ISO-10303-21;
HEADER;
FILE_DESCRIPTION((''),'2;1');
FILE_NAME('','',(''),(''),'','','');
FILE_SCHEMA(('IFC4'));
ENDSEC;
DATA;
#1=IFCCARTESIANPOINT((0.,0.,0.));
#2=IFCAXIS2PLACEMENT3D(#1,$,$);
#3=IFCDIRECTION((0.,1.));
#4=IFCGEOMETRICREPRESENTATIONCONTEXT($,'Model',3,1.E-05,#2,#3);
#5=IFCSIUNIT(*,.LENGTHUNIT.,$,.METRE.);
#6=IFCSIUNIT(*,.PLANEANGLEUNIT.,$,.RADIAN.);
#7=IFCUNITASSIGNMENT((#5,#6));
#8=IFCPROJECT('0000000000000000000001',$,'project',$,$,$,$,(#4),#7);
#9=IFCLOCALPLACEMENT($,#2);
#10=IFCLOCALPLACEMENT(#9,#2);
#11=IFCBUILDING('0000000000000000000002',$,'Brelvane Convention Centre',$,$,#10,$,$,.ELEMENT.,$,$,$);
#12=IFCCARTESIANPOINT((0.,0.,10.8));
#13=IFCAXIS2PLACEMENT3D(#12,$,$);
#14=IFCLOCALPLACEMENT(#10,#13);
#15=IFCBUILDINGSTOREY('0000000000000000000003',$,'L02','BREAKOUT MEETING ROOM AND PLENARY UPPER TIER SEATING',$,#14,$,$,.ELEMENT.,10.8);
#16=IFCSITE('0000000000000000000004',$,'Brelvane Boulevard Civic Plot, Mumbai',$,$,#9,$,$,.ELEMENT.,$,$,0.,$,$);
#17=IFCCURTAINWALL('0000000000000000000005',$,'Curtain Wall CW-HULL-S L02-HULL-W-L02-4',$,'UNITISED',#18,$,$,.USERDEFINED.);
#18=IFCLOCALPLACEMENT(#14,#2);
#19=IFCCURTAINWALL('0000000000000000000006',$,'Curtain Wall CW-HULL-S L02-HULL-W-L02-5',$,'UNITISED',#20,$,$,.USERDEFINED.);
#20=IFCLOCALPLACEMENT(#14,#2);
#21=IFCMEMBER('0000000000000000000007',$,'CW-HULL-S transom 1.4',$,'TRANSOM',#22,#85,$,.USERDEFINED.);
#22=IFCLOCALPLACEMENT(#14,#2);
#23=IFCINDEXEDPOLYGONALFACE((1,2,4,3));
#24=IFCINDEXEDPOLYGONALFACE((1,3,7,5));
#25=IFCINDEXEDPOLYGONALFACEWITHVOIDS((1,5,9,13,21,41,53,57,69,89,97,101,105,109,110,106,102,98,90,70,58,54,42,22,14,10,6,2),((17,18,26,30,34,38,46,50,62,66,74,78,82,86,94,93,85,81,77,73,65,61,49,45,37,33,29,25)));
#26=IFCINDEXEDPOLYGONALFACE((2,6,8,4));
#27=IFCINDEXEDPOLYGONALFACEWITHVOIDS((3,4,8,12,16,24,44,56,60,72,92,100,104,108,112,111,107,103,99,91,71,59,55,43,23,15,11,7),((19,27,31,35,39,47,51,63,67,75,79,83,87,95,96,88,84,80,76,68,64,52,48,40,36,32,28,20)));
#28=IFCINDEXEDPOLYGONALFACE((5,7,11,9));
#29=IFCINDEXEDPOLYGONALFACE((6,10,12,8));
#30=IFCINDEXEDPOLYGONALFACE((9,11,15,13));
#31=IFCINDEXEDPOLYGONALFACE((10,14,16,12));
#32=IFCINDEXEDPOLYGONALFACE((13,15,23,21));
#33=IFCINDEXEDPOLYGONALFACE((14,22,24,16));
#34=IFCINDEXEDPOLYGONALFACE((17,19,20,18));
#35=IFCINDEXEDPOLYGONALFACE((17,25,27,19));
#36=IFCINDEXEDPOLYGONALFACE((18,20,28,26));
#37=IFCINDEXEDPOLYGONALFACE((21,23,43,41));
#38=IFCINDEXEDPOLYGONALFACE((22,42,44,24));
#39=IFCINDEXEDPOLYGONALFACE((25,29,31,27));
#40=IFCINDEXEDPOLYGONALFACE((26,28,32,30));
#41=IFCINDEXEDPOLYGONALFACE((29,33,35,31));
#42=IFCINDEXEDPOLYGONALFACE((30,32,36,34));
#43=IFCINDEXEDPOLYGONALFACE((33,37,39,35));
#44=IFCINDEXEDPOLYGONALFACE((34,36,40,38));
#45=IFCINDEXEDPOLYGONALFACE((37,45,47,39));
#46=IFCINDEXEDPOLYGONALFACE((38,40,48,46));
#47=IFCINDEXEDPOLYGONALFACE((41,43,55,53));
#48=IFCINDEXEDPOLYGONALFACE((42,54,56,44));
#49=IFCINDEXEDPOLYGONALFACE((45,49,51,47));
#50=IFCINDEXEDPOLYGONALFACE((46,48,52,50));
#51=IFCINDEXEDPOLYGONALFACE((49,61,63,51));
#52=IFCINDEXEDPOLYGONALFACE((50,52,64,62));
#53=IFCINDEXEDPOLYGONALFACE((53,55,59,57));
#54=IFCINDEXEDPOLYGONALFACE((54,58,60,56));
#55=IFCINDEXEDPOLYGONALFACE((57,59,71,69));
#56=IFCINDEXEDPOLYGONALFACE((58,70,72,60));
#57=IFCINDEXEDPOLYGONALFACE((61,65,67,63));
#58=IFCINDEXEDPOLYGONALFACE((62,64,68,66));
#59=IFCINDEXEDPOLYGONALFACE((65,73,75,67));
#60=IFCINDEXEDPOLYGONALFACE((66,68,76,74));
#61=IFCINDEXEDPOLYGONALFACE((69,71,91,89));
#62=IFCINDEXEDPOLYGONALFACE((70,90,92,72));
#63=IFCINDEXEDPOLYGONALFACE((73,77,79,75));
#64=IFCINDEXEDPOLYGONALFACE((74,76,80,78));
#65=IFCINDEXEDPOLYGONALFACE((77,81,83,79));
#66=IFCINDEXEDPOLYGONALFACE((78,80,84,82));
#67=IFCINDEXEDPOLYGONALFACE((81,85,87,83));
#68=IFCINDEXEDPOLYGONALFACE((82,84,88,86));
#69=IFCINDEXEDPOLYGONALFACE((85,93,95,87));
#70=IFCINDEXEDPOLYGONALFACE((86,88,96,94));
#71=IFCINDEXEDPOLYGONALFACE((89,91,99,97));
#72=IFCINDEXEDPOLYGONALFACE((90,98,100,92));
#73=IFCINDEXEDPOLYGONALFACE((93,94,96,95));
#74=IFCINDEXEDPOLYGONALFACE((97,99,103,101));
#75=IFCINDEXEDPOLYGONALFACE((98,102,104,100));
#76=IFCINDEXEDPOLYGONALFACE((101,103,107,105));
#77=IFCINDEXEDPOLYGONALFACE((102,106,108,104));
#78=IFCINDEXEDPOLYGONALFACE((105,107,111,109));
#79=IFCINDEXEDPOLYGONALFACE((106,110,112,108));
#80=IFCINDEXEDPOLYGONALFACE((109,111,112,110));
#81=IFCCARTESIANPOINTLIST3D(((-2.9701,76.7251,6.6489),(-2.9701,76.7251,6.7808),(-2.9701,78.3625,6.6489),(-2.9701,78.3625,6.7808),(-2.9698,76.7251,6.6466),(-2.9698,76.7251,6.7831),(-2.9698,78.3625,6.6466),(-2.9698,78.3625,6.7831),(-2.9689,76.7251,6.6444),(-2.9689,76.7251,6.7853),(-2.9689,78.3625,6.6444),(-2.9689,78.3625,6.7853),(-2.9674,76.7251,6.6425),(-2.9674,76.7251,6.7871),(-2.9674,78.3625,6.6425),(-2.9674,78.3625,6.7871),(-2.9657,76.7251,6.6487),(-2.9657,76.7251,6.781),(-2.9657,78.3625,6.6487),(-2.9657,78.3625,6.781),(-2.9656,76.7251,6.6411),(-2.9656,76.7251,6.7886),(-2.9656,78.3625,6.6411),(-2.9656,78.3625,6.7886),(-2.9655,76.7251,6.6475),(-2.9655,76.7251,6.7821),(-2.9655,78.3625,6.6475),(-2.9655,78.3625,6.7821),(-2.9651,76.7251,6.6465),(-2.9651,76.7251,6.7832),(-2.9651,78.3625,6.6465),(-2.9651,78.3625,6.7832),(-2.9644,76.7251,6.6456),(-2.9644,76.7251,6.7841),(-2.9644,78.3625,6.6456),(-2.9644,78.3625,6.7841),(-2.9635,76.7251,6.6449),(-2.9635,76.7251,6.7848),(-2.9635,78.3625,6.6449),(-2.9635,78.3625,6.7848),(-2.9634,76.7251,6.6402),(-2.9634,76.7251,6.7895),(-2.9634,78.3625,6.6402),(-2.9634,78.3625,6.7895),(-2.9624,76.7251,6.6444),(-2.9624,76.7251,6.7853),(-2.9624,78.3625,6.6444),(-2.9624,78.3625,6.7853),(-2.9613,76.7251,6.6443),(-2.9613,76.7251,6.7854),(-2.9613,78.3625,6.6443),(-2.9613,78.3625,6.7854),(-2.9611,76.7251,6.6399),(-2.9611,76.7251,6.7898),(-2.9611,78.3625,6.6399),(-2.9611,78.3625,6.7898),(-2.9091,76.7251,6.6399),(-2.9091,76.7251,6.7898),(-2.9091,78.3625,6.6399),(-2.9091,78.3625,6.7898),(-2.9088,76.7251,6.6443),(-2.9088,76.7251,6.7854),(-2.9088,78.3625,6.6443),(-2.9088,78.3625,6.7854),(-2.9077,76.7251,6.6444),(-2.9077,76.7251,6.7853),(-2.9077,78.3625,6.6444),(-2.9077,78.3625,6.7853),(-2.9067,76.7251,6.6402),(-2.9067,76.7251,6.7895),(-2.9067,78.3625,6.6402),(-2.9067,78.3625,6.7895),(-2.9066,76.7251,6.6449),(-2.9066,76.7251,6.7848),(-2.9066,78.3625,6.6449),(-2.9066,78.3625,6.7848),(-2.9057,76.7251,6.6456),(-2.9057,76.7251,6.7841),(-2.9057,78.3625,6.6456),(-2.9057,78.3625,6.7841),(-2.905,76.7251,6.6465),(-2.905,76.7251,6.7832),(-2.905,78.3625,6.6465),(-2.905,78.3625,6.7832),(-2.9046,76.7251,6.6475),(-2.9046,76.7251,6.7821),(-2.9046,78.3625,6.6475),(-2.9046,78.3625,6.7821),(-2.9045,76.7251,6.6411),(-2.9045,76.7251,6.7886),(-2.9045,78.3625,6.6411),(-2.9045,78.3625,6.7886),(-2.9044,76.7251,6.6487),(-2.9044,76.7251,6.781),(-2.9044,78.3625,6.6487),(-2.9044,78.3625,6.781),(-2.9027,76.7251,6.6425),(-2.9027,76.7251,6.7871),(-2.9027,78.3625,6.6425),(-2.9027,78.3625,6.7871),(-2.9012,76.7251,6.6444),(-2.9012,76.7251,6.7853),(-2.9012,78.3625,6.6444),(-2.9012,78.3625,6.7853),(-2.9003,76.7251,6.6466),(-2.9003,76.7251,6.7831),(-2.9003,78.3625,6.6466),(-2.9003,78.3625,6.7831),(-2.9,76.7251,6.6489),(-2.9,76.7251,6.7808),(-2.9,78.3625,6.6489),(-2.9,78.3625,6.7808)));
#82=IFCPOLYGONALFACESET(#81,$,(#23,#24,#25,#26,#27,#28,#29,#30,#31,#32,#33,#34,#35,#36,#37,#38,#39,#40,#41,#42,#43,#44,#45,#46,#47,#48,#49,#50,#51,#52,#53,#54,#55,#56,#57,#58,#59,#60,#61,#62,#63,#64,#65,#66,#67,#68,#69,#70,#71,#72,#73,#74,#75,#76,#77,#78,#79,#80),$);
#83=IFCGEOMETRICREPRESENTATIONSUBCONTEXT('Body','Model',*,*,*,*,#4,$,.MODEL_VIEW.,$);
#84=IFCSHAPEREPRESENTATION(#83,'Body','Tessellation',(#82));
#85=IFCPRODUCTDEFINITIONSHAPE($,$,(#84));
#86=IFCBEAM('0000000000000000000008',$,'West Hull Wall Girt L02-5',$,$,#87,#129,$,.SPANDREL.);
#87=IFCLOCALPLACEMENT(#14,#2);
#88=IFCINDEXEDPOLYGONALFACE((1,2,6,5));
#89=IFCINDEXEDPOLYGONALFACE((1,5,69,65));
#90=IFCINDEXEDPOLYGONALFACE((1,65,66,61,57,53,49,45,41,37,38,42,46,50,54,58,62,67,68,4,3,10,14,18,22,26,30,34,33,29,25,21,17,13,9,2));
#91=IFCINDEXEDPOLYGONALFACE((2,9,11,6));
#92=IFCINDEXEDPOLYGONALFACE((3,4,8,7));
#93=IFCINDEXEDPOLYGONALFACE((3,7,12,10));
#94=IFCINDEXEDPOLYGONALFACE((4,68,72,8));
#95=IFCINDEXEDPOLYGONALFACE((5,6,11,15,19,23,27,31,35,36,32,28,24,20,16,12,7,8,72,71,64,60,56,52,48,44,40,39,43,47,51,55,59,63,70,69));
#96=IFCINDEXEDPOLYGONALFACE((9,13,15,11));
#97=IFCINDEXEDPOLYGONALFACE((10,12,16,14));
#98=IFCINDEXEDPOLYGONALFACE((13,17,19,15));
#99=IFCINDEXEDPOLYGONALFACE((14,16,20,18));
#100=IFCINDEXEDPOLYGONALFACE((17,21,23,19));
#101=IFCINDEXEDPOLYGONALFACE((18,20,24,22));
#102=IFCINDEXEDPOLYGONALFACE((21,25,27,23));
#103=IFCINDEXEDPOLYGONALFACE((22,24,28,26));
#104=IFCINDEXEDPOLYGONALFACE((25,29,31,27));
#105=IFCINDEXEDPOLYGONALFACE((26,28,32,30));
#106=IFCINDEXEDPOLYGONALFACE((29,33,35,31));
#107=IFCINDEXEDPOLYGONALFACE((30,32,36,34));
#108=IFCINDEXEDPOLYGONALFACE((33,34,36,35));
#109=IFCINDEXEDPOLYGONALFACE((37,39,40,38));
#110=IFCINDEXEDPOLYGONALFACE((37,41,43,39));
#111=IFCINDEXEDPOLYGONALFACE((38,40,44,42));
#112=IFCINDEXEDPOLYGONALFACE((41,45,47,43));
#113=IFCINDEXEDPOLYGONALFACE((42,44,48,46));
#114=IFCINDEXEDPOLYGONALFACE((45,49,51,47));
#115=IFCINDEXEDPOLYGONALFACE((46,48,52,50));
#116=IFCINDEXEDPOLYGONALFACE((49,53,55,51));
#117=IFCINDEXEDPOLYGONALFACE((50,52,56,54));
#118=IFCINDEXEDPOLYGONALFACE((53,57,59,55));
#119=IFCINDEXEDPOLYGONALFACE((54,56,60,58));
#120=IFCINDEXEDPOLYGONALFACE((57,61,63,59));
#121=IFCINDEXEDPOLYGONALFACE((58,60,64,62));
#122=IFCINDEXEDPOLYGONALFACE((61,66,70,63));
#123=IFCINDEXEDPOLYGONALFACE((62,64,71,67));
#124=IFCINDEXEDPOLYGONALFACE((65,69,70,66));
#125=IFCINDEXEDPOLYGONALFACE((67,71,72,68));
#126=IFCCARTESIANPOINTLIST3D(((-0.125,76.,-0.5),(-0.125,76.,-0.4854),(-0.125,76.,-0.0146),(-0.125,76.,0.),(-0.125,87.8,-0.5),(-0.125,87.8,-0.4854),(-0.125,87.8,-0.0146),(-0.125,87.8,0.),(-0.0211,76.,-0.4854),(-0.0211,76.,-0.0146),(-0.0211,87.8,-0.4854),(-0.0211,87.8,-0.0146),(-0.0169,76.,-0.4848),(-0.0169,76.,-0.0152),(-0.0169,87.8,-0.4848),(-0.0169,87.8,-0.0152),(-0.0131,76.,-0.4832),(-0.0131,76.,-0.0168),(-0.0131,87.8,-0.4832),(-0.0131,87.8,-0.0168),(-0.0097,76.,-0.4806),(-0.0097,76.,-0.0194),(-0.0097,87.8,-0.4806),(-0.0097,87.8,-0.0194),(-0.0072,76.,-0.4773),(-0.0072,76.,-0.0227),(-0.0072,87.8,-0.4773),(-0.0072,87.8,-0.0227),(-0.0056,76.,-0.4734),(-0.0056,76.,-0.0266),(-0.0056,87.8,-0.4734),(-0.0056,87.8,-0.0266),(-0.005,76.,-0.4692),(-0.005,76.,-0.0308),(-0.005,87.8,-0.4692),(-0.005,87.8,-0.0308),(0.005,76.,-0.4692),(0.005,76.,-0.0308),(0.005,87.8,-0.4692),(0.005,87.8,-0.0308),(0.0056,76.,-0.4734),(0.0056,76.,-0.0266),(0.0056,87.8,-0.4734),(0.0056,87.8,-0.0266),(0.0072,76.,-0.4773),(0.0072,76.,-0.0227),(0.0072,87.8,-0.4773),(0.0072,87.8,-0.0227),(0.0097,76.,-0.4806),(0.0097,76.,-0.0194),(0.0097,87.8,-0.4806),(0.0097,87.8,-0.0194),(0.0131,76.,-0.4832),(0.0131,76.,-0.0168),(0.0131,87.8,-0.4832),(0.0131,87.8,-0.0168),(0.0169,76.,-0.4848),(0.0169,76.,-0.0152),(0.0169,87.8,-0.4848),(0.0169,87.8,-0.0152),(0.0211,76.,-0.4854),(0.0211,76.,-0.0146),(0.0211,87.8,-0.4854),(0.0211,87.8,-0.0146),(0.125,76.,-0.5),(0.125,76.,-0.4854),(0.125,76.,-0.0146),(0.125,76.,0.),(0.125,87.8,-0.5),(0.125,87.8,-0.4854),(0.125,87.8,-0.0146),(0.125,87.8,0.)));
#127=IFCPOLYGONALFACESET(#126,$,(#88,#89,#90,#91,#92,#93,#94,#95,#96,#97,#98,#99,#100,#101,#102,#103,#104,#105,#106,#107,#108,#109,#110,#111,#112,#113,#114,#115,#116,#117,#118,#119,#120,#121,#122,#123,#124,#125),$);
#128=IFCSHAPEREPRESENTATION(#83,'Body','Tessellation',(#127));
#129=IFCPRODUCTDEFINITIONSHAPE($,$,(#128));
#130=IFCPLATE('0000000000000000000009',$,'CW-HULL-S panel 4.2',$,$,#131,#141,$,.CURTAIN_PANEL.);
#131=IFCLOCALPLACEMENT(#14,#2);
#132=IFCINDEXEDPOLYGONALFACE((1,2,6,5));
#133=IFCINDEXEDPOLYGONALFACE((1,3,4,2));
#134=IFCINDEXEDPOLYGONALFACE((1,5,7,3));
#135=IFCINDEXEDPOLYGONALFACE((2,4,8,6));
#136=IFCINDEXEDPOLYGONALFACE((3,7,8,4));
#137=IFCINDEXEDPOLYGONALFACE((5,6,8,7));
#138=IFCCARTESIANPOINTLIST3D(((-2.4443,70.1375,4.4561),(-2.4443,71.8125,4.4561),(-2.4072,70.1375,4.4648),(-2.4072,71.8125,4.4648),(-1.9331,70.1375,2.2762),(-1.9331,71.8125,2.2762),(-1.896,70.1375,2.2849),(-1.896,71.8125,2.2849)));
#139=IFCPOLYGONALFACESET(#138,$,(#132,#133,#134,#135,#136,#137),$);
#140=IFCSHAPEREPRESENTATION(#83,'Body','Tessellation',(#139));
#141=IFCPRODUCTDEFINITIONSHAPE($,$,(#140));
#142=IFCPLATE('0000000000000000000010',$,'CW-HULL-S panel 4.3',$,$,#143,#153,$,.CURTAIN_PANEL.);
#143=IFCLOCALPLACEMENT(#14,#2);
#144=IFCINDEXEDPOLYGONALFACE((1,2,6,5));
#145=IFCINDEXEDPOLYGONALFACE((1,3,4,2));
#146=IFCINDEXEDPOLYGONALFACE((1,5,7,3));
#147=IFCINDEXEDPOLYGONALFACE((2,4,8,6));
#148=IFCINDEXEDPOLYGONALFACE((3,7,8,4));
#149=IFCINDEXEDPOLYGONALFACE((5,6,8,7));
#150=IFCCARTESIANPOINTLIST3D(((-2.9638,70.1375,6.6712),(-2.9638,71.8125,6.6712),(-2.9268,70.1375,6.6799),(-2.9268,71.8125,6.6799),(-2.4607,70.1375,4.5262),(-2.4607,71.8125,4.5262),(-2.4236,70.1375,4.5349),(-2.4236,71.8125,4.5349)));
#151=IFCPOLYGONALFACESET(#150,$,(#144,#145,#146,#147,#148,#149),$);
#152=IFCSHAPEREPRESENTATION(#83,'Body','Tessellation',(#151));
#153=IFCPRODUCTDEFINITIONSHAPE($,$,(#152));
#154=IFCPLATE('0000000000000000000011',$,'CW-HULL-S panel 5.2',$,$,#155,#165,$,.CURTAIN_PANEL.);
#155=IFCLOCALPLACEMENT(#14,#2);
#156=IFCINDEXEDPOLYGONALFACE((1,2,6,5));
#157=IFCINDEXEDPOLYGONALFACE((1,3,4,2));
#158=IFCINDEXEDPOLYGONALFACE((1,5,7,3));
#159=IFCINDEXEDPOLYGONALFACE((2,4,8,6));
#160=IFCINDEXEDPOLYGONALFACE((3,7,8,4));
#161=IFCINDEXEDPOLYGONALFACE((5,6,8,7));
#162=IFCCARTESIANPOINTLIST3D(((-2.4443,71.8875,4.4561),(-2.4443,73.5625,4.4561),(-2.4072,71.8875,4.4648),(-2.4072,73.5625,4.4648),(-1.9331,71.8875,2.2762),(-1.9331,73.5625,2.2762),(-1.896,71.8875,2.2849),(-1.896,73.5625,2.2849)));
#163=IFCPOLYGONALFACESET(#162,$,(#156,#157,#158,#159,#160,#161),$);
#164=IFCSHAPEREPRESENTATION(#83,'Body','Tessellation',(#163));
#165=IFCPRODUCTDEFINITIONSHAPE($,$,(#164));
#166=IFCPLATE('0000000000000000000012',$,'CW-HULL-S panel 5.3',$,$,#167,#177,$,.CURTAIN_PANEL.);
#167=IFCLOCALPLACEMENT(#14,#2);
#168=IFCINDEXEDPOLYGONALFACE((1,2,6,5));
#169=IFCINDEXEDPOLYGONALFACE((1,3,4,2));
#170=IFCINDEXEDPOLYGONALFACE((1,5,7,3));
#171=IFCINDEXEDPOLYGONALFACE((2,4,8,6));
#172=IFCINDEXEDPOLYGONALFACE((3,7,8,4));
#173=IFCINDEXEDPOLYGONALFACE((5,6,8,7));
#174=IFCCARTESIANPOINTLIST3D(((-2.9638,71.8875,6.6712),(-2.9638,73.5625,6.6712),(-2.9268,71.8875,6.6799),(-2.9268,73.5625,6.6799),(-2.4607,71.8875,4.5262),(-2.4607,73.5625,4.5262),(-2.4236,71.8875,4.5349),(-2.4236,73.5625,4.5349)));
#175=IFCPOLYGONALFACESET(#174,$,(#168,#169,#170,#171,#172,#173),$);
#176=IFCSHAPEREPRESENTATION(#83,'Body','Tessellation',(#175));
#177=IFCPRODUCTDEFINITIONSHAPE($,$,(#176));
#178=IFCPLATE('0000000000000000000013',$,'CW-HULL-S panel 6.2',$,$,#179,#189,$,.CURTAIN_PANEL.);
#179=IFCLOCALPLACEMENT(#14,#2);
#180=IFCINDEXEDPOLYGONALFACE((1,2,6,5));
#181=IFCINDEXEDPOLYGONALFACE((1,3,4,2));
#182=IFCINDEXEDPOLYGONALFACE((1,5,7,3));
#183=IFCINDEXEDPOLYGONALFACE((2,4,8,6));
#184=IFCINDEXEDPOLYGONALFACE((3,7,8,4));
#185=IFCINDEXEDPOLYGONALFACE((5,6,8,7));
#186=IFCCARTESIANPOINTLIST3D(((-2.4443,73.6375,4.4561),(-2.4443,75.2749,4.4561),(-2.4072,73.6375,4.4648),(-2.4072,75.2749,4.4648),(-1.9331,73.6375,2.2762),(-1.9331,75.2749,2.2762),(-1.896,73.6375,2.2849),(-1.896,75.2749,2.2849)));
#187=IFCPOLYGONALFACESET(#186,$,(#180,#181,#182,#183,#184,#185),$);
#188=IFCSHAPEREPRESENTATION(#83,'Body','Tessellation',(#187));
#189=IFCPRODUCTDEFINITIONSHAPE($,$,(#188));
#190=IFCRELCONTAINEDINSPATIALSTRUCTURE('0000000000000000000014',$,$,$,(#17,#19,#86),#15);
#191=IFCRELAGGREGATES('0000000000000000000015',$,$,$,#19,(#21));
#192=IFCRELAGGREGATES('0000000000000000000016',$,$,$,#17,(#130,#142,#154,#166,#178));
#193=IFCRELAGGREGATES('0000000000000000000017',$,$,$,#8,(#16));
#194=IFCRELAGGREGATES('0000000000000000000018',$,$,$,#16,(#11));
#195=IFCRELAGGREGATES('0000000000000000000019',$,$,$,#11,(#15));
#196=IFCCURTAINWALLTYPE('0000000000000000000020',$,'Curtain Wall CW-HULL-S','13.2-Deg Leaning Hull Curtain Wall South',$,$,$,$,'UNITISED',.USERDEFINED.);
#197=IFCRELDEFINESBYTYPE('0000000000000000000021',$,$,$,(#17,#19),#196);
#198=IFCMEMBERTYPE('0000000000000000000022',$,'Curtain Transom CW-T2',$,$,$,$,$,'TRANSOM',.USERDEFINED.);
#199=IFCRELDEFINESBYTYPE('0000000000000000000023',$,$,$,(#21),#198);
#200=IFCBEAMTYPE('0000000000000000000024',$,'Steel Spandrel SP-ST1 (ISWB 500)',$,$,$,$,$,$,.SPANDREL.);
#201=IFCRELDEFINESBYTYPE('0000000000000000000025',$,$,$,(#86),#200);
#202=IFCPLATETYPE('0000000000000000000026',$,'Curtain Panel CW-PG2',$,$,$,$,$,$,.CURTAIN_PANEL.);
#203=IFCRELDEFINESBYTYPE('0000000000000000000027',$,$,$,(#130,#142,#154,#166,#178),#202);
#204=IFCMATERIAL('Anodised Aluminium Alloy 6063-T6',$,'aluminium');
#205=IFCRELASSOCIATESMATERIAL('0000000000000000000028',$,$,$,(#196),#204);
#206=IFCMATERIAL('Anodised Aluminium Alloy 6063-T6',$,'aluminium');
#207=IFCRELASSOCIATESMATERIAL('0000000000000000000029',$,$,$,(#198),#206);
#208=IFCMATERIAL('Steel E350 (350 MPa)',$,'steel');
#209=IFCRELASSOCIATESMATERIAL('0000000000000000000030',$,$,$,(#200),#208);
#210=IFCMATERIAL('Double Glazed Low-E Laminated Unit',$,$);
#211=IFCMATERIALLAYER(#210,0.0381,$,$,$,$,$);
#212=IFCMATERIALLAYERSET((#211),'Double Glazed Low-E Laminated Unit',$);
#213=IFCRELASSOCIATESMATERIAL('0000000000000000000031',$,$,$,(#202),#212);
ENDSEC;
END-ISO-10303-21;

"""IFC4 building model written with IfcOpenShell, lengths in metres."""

from ifc_helpers import new_model, si_unit, direction, frame, origin, origin_2d, place, context, subcontext, project, spatial, polyline, hollow_rectangle, i_section, outline, extrude, material, layer, layer_set, material_profile, profile_set, type_object, element, aggregate, save


model = new_model("IFC4")

# Units and contexts
model_context = context("Model", 3, precision=1e-05, world=origin(), true_north=direction((0.0, 1.0)))
body_context = subcontext(model_context, "Body", "Model", "MODEL_VIEW")
ifc_project = project(units=[si_unit("LENGTHUNIT", "METRE"), si_unit("PLANEANGLEUNIT", "RADIAN")], contexts=[model_context])

# Site, building, storey
site_placement = place(None, origin())
site = spatial("IfcSite", under=ifc_project, at=site_placement, Name="Brelvane Boulevard Civic Plot, Mumbai", CompositionType="ELEMENT", RefElevation=0.0)
building_placement = place(site_placement, origin())
building = spatial("IfcBuilding", under=site, at=building_placement, Name="Brelvane Convention Centre", CompositionType="ELEMENT")
storey_placement = place(building_placement, frame((0.0, 0.0, 10.8)))
storey = spatial("IfcBuildingStorey", under=building, at=storey_placement, Name="L02", Description="BREAKOUT MEETING ROOM AND PLENARY UPPER TIER SEATING", CompositionType="ELEMENT", Elevation=10.8)

# Curtain wall
ifc_material_1 = material(Name="Anodised Aluminium Alloy 6063-T6", Category="aluminium")
curtain_wall_type = type_object("IfcCurtainWallType", Name="Curtain Wall CW-HULL-S", Description="13.2-Deg Leaning Hull Curtain Wall South", ElementType="UNITISED", PredefinedType="USERDEFINED", material=ifc_material_1)
curtain_wall_1_placement = place(storey_placement, origin())
curtain_wall_1 = element("IfcCurtainWall", 1, at=curtain_wall_1_placement, inside=storey, type_object=curtain_wall_type, Name="Curtain Wall CW-HULL-S L02-HULL-W-L02-4", ObjectType="UNITISED", PredefinedType="USERDEFINED")

# Curtain wall
curtain_wall_2_placement = place(storey_placement, origin())
curtain_wall_2 = element("IfcCurtainWall", 2, at=curtain_wall_2_placement, inside=storey, type_object=curtain_wall_type, Name="Curtain Wall CW-HULL-S L02-HULL-W-L02-5", ObjectType="UNITISED", PredefinedType="USERDEFINED")

# Member
ifc_material_2 = material(Name="Anodised Aluminium Alloy 6063-T6", Category="aluminium")
ifc_material_profile_1 = material_profile(ifc_material_2, hollow_rectangle(XDim=0.0701, YDim=0.1499, WallThickness=0.0044, InnerFilletRadius=0.0044, OuterFilletRadius=0.009, at=origin_2d()), Name="ALU-T 150x70x4.5")
ifc_profile_set_1 = profile_set([ifc_material_profile_1], Name="Anodised Aluminium Alloy 6063-T6")
member_type_1 = type_object("IfcMemberType", Name="Curtain Transom CW-T2", ElementType="TRANSOM", PredefinedType="USERDEFINED", material=ifc_profile_set_1)
member_1_placement = place(storey_placement, frame((-2.9351, 76.7251, 6.7148), z_axis=(0.0, 1.0, 0.0), x_axis=(-1.0, 0.0, 0.0)))
member_1 = element("IfcMember", 3, at=member_1_placement, type_object=member_type_1, Name="CW-HULL-S transom 1.4", ObjectType="TRANSOM", PredefinedType="USERDEFINED", context=body_context, shape_type="SweptSolid", body=[
    extrude(hollow_rectangle(XDim=0.0701, YDim=0.1499, WallThickness=0.0044, InnerFilletRadius=0.0044, OuterFilletRadius=0.009, at=origin_2d()), origin(), (0.0, 0.0, 1.0), 1.6375),
])

# Beam
ifc_material_3 = material(Name="Steel E350 (350 MPa)", Category="steel")
ifc_material_profile_2 = material_profile(ifc_material_3, i_section(OverallWidth=0.25, OverallDepth=0.5, WebThickness=0.01, FlangeThickness=0.0146, FilletRadius=0.0161, at=origin_2d()), Name="ISWB 500")
ifc_profile_set_2 = profile_set([ifc_material_profile_2], Name="Steel E350 (350 MPa)")
beam_type = type_object("IfcBeamType", Name="Steel Spandrel SP-ST1 (ISWB 500)", PredefinedType="SPANDREL", material=ifc_profile_set_2)
beam_placement = place(storey_placement, frame((0.0, 76.0, -0.25), z_axis=(0.0, 1.0, 0.0), x_axis=(-1.0, 0.0, 0.0)))
element("IfcBeam", 4, at=beam_placement, inside=storey, type_object=beam_type, Name="West Hull Wall Girt L02-5", PredefinedType="SPANDREL", context=body_context, shape_type="SweptSolid", body=[
    extrude(i_section(OverallWidth=0.25, OverallDepth=0.5, WebThickness=0.01, FlangeThickness=0.0146, FilletRadius=0.0161, at=origin_2d()), origin(), (0.0, 0.0, 1.0), 11.8),
])

# Plates
ifc_material_4 = material(Name="Double Glazed Low-E Laminated Unit")
ifc_layer_1 = layer(ifc_material_4, 0.0381)
ifc_layer_set_1 = layer_set([ifc_layer_1], Name="Double Glazed Low-E Laminated Unit")
plate_type_1 = type_object("IfcPlateType", Name="Curtain Panel CW-PG2", PredefinedType="CURTAIN_PANEL", material=ifc_layer_set_1)
plate_1_placement = place(storey_placement, frame((-1.896, 70.1375, 2.2849), z_axis=(0.973586, 0.0, 0.228322), x_axis=(0.0, 1.0, 0.0)))
plate_1 = element("IfcPlate", 5, at=plate_1_placement, type_object=plate_type_1, Name="CW-HULL-S panel 4.2", PredefinedType="CURTAIN_PANEL", context=body_context, shape_type="SweptSolid", body=[
    extrude(outline(polyline([(0.0, 0.0), (1.675, 0.0), (1.675, 2.2391), (0.0, 2.2391), (0.0, 0.0)])), origin(), (0.0, 0.0, -1.0), 0.0381),
])
plate_2_placement = place(storey_placement, frame((-2.4236, 70.1375, 4.5349), z_axis=(0.973572, 0.0, 0.228378), x_axis=(0.0, 1.0, 0.0)))
plate_2 = element("IfcPlate", 6, at=plate_2_placement, type_object=plate_type_1, Name="CW-HULL-S panel 4.3", PredefinedType="CURTAIN_PANEL", context=body_context, shape_type="SweptSolid", body=[
    extrude(outline(polyline([(0.0, 0.0), (1.675, 0.0), (1.675, 2.2032), (0.0, 2.2032), (0.0, 0.0)])), origin(), (0.0, 0.0, -1.0), 0.0381),
])
plate_3_placement = place(storey_placement, frame((-1.896, 71.8875, 2.2849), z_axis=(0.973586, 0.0, 0.228322), x_axis=(0.0, 1.0, 0.0)))
plate_3 = element("IfcPlate", 7, at=plate_3_placement, type_object=plate_type_1, Name="CW-HULL-S panel 5.2", PredefinedType="CURTAIN_PANEL", context=body_context, shape_type="SweptSolid", body=[
    extrude(outline(polyline([(0.0, 0.0), (1.675, 0.0), (1.675, 2.2391), (0.0, 2.2391), (0.0, 0.0)])), origin(), (0.0, 0.0, -1.0), 0.0381),
])
plate_4_placement = place(storey_placement, frame((-2.4236, 71.8875, 4.5349), z_axis=(0.973572, 0.0, 0.228378), x_axis=(0.0, 1.0, 0.0)))
plate_4 = element("IfcPlate", 8, at=plate_4_placement, type_object=plate_type_1, Name="CW-HULL-S panel 5.3", PredefinedType="CURTAIN_PANEL", context=body_context, shape_type="SweptSolid", body=[
    extrude(outline(polyline([(0.0, 0.0), (1.675, 0.0), (1.675, 2.2032), (0.0, 2.2032), (0.0, 0.0)])), origin(), (0.0, 0.0, -1.0), 0.0381),
])
plate_5_placement = place(storey_placement, frame((-1.896, 73.6375, 2.2849), z_axis=(0.973586, 0.0, 0.228322), x_axis=(0.0, 1.0, 0.0)))
plate_5 = element("IfcPlate", 9, at=plate_5_placement, type_object=plate_type_1, Name="CW-HULL-S panel 6.2", PredefinedType="CURTAIN_PANEL", context=body_context, shape_type="SweptSolid", body=[
    extrude(outline(polyline([(0.0, 0.0), (1.6375, 0.0), (1.6375, 2.2391), (0.0, 2.2391), (0.0, 0.0)])), origin(), (0.0, 0.0, -1.0), 0.0381),
])
aggregate(curtain_wall_2, [member_1])
aggregate(curtain_wall_1, [plate_1, plate_2, plate_3, plate_4, plate_5])

save(model, "model.ifc")
